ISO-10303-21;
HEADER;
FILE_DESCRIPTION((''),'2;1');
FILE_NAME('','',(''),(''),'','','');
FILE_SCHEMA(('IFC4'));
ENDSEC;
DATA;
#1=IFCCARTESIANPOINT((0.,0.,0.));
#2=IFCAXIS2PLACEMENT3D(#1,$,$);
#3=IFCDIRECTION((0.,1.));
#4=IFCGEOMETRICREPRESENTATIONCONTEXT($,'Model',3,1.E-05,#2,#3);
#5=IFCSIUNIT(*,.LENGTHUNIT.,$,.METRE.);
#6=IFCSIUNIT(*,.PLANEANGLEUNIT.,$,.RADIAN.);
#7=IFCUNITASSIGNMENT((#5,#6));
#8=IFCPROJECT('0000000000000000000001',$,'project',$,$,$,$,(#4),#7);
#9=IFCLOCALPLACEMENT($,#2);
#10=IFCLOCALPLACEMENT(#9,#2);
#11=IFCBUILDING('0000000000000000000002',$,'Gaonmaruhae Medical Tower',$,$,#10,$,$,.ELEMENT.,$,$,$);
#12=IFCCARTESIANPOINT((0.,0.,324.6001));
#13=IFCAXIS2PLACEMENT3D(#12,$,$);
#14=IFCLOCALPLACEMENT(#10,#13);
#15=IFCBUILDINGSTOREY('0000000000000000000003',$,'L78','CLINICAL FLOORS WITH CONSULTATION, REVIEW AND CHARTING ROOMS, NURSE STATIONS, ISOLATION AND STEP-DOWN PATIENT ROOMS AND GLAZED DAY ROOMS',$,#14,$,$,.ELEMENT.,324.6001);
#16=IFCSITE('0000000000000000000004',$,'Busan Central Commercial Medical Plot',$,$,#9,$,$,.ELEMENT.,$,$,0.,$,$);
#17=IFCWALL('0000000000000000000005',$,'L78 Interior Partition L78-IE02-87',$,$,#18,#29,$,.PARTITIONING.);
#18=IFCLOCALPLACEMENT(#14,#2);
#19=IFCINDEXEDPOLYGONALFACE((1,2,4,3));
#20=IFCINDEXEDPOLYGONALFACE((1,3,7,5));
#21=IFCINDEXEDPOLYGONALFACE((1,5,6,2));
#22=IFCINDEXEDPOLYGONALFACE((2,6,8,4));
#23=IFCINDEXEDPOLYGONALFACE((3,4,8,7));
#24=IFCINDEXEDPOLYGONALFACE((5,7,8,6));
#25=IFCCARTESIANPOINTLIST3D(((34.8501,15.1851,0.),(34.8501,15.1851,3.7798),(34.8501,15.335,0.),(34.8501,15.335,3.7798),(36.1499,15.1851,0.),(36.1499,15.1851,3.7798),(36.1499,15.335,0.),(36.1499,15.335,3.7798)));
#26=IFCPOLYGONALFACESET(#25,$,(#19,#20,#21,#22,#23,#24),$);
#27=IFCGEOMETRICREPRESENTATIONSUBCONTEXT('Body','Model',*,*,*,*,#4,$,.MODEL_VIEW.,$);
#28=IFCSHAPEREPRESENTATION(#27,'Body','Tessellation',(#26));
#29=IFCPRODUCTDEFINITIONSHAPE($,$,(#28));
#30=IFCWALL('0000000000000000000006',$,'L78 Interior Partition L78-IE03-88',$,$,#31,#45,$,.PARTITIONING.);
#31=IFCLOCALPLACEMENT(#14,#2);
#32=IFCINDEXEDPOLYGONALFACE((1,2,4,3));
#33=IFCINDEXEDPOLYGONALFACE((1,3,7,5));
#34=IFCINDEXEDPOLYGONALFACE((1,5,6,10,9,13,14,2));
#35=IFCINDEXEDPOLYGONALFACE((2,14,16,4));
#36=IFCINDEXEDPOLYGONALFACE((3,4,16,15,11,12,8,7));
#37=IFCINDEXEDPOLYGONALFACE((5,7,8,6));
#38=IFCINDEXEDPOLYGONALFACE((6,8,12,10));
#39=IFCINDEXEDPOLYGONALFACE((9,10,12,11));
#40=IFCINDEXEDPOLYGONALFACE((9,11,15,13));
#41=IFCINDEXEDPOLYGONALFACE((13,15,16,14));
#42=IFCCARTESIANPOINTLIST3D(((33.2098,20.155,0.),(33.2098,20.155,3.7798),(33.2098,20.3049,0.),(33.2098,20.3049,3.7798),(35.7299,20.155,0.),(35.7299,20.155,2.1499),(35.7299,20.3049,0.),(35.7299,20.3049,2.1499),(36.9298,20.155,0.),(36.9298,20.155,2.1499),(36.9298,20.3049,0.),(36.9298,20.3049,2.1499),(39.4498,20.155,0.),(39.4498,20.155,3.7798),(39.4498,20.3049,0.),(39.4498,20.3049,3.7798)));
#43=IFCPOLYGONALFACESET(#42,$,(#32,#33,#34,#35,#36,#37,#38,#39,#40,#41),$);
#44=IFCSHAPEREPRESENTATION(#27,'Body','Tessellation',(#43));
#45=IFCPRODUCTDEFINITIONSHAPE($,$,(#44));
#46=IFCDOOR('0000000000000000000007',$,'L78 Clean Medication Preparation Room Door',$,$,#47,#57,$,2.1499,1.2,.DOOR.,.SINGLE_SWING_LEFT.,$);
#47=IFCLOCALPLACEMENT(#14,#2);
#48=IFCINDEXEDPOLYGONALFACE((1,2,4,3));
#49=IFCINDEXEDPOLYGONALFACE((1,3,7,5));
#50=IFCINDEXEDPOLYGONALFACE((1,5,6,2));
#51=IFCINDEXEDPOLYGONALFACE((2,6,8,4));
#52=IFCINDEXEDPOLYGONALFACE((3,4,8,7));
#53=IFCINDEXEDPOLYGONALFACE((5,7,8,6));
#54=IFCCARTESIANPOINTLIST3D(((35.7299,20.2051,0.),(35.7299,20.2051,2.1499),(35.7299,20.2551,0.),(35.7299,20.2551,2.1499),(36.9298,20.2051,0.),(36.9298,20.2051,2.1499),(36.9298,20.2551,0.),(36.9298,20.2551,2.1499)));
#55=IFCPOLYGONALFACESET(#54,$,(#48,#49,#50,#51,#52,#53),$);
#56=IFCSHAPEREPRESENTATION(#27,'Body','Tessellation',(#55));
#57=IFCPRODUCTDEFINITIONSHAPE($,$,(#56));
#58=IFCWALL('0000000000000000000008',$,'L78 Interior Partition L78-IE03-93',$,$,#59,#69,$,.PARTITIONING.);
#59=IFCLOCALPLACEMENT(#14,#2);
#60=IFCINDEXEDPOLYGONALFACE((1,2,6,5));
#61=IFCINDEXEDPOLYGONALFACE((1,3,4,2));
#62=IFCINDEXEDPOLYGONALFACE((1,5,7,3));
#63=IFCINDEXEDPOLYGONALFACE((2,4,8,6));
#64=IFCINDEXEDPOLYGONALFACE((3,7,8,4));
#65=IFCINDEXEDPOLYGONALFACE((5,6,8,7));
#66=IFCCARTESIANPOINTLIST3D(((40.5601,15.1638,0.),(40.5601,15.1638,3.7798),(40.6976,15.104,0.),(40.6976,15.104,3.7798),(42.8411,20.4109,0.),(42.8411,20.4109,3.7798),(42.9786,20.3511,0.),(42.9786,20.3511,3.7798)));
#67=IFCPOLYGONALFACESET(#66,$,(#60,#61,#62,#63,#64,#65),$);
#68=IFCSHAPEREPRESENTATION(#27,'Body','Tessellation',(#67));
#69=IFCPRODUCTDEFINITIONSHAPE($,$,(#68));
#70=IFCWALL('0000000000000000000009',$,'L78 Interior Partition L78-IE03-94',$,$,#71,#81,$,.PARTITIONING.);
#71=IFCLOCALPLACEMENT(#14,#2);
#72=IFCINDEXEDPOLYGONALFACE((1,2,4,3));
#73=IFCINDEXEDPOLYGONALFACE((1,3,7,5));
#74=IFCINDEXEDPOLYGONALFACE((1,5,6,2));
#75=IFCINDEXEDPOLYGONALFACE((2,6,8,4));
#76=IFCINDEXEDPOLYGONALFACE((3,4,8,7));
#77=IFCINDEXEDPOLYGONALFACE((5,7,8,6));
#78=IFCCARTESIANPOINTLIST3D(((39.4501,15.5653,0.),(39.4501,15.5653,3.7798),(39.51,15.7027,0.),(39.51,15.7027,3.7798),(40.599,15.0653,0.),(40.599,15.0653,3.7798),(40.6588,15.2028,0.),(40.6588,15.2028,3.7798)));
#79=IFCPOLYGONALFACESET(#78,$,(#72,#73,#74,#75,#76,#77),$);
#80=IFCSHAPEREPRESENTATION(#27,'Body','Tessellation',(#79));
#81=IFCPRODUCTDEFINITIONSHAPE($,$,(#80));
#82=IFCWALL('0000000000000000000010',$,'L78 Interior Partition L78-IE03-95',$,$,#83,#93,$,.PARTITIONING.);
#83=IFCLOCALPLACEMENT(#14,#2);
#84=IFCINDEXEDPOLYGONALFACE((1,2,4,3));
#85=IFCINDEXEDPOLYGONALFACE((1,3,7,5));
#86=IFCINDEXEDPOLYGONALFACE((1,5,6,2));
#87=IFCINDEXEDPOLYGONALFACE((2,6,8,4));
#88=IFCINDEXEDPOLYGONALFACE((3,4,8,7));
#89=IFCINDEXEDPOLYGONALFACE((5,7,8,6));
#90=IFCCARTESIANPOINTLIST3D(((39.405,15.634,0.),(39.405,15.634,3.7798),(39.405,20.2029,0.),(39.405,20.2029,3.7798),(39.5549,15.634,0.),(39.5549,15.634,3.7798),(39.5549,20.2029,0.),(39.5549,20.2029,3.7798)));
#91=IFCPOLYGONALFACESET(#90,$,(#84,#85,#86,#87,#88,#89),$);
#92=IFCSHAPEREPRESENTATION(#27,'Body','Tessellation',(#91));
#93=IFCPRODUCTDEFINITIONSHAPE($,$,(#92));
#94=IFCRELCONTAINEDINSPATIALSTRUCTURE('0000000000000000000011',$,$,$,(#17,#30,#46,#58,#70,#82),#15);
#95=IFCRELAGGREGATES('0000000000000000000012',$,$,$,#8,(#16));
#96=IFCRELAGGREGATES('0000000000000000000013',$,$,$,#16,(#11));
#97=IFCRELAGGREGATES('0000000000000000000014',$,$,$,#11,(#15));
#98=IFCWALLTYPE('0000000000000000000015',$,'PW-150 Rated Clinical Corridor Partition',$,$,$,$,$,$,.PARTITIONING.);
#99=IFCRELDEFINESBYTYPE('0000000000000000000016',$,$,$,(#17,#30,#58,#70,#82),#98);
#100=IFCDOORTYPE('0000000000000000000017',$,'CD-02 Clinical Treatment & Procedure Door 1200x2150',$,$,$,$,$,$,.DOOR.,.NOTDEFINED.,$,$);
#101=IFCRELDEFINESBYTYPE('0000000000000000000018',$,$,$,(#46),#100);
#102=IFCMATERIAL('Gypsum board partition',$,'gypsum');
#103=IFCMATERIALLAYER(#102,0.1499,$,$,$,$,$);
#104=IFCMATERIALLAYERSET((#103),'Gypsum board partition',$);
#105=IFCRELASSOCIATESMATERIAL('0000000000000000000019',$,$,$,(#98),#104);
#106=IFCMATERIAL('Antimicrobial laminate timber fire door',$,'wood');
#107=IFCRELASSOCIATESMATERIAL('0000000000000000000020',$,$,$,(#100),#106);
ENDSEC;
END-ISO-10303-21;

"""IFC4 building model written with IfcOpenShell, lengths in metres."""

from ifc_helpers import new_model, si_unit, direction, frame, frame_2d, origin, place, context, subcontext, project, spatial, rectangle, extrude, material, layer, layer_set, type_object, element, fill, save


model = new_model("IFC4")

# Units and contexts
model_context = context("Model", 3, precision=1e-05, world=origin(), true_north=direction((0.0, 1.0)))
body_context = subcontext(model_context, "Body", "Model", "MODEL_VIEW")
ifc_project = project(units=[si_unit("LENGTHUNIT", "METRE"), si_unit("PLANEANGLEUNIT", "RADIAN")], contexts=[model_context])

# Site, building, storey
site_placement = place(None, origin())
site = spatial("IfcSite", under=ifc_project, at=site_placement, Name="Busan Central Commercial Medical Plot", CompositionType="ELEMENT", RefElevation=0.0)
building_placement = place(site_placement, origin())
building = spatial("IfcBuilding", under=site, at=building_placement, Name="Gaonmaruhae Medical Tower", CompositionType="ELEMENT")
storey_placement = place(building_placement, frame((0.0, 0.0, 324.6001)))
storey = spatial("IfcBuildingStorey", under=building, at=storey_placement, Name="L78", Description="CLINICAL FLOORS WITH CONSULTATION, REVIEW AND CHARTING ROOMS, NURSE STATIONS, ISOLATION AND STEP-DOWN PATIENT ROOMS AND GLAZED DAY ROOMS", CompositionType="ELEMENT", Elevation=324.6001)

# Shared definitions
ifc_material_1 = material(Name="Gypsum board partition", Category="gypsum")
ifc_layer_1 = layer(ifc_material_1, 0.1499)
ifc_layer_set_1 = layer_set([ifc_layer_1], Name="Gypsum board partition")
wall_type_1 = type_object("IfcWallType", Name="PW-150 Rated Clinical Corridor Partition", PredefinedType="PARTITIONING", material=ifc_layer_set_1)

# Shared definitions
ifc_material_2 = material(Name="Antimicrobial laminate timber fire door", Category="wood")

# Wall
wall_1_placement = place(storey_placement, frame((36.1499, 15.26, 0.0), z_axis=(0.0, 0.0, 1.0), x_axis=(-1.0, 0.0, 0.0)))
element("IfcWall", 1, at=wall_1_placement, inside=storey, type_object=wall_type_1, Name="L78 Interior Partition L78-IE02-87", PredefinedType="PARTITIONING", context=body_context, shape_type="SweptSolid", body=[
    extrude(rectangle(XDim=1.2998, YDim=0.1499, at=frame_2d((0.6499, 0.0))), origin(), (0.0, 0.0, 1.0), 3.7798),
])

# Wall, opening, door
wall_2_placement = place(storey_placement, frame((39.45, 20.23, 0.0), z_axis=(0.0, 0.0, 1.0), x_axis=(-1.0, 0.0, 0.0)))
wall_2 = element("IfcWall", 2, at=wall_2_placement, inside=storey, type_object=wall_type_1, Name="L78 Interior Partition L78-IE03-88", PredefinedType="PARTITIONING", context=body_context, shape_type="SweptSolid", body=[
    extrude(rectangle(XDim=6.24, YDim=0.1499, at=frame_2d((3.1201, 0.0))), origin(), (0.0, 0.0, 1.0), 3.7798),
])
opening_1_placement = place(wall_2_placement, frame((2.52, 0.0, 0.0)))
opening_1 = element("IfcOpeningElement", 3, at=opening_1_placement, cuts=wall_2, PredefinedType="OPENING", context=body_context, shape_type="SweptSolid", body=[
    extrude(rectangle(XDim=1.2, YDim=2.1499, at=frame_2d((0.6001, 1.075))), frame((0.0, 0.085, 0.0), z_axis=(0.0, -1.0, 0.0), x_axis=(1.0, 0.0, 0.0)), (0.0, 0.0, 1.0), 0.1699),
])
door_type_1 = type_object("IfcDoorType", Name="CD-02 Clinical Treatment & Procedure Door 1200x2150", OperationType="NOTDEFINED", PredefinedType="DOOR", material=ifc_material_2)
door_1_placement = place(opening_1_placement, origin())
door_1 = element("IfcDoor", 4, at=door_1_placement, inside=storey, type_object=door_type_1, Name="L78 Clean Medication Preparation Room Door", OperationType="SINGLE_SWING_LEFT", OverallHeight=2.1499, OverallWidth=1.2, PredefinedType="DOOR", context=body_context, shape_type="SweptSolid", body=[
    extrude(rectangle(XDim=1.2, YDim=2.1499, at=frame_2d((0.6001, 1.075))), frame((0.0, 0.0249, 0.0), z_axis=(0.0, -1.0, 0.0), x_axis=(1.0, 0.0, 0.0)), (0.0, 0.0, 1.0), 0.05),
])
fill(opening_1, door_1)

# Walls
wall_3_placement = place(storey_placement, frame((42.9099, 20.3811, 0.0), z_axis=(0.0, 0.0, 1.0), x_axis=(-0.398678, -0.917091, 0.0)))
element("IfcWall", 5, at=wall_3_placement, inside=storey, type_object=wall_type_1, Name="L78 Interior Partition L78-IE03-93", PredefinedType="PARTITIONING", context=body_context, shape_type="SweptSolid", body=[
    extrude(rectangle(XDim=5.7214, YDim=0.1499, at=frame_2d((2.8608, 0.0))), origin(), (0.0, 0.0, 1.0), 3.7798),
])
wall_4_placement = place(storey_placement, frame((40.6289, 15.134, 0.0), z_axis=(0.0, 0.0, 1.0), x_axis=(-0.916934, 0.39904, 0.0)))
element("IfcWall", 6, at=wall_4_placement, inside=storey, type_object=wall_type_1, Name="L78 Interior Partition L78-IE03-94", PredefinedType="PARTITIONING", context=body_context, shape_type="SweptSolid", body=[
    extrude(rectangle(XDim=1.2529, YDim=0.1499, at=frame_2d((0.6265, 0.0))), origin(), (0.0, 0.0, 1.0), 3.7798),
])
wall_5_placement = place(storey_placement, frame((39.48, 15.634, 0.0), z_axis=(0.0, 0.0, 1.0), x_axis=(0.0, 1.0, 0.0)))
element("IfcWall", 7, at=wall_5_placement, inside=storey, type_object=wall_type_1, Name="L78 Interior Partition L78-IE03-95", PredefinedType="PARTITIONING", context=body_context, shape_type="SweptSolid", body=[
    extrude(rectangle(XDim=4.5688, YDim=0.1499, at=frame_2d((2.2844, 0.0))), origin(), (0.0, 0.0, 1.0), 3.7798),
])

save(model, "model.ifc")
